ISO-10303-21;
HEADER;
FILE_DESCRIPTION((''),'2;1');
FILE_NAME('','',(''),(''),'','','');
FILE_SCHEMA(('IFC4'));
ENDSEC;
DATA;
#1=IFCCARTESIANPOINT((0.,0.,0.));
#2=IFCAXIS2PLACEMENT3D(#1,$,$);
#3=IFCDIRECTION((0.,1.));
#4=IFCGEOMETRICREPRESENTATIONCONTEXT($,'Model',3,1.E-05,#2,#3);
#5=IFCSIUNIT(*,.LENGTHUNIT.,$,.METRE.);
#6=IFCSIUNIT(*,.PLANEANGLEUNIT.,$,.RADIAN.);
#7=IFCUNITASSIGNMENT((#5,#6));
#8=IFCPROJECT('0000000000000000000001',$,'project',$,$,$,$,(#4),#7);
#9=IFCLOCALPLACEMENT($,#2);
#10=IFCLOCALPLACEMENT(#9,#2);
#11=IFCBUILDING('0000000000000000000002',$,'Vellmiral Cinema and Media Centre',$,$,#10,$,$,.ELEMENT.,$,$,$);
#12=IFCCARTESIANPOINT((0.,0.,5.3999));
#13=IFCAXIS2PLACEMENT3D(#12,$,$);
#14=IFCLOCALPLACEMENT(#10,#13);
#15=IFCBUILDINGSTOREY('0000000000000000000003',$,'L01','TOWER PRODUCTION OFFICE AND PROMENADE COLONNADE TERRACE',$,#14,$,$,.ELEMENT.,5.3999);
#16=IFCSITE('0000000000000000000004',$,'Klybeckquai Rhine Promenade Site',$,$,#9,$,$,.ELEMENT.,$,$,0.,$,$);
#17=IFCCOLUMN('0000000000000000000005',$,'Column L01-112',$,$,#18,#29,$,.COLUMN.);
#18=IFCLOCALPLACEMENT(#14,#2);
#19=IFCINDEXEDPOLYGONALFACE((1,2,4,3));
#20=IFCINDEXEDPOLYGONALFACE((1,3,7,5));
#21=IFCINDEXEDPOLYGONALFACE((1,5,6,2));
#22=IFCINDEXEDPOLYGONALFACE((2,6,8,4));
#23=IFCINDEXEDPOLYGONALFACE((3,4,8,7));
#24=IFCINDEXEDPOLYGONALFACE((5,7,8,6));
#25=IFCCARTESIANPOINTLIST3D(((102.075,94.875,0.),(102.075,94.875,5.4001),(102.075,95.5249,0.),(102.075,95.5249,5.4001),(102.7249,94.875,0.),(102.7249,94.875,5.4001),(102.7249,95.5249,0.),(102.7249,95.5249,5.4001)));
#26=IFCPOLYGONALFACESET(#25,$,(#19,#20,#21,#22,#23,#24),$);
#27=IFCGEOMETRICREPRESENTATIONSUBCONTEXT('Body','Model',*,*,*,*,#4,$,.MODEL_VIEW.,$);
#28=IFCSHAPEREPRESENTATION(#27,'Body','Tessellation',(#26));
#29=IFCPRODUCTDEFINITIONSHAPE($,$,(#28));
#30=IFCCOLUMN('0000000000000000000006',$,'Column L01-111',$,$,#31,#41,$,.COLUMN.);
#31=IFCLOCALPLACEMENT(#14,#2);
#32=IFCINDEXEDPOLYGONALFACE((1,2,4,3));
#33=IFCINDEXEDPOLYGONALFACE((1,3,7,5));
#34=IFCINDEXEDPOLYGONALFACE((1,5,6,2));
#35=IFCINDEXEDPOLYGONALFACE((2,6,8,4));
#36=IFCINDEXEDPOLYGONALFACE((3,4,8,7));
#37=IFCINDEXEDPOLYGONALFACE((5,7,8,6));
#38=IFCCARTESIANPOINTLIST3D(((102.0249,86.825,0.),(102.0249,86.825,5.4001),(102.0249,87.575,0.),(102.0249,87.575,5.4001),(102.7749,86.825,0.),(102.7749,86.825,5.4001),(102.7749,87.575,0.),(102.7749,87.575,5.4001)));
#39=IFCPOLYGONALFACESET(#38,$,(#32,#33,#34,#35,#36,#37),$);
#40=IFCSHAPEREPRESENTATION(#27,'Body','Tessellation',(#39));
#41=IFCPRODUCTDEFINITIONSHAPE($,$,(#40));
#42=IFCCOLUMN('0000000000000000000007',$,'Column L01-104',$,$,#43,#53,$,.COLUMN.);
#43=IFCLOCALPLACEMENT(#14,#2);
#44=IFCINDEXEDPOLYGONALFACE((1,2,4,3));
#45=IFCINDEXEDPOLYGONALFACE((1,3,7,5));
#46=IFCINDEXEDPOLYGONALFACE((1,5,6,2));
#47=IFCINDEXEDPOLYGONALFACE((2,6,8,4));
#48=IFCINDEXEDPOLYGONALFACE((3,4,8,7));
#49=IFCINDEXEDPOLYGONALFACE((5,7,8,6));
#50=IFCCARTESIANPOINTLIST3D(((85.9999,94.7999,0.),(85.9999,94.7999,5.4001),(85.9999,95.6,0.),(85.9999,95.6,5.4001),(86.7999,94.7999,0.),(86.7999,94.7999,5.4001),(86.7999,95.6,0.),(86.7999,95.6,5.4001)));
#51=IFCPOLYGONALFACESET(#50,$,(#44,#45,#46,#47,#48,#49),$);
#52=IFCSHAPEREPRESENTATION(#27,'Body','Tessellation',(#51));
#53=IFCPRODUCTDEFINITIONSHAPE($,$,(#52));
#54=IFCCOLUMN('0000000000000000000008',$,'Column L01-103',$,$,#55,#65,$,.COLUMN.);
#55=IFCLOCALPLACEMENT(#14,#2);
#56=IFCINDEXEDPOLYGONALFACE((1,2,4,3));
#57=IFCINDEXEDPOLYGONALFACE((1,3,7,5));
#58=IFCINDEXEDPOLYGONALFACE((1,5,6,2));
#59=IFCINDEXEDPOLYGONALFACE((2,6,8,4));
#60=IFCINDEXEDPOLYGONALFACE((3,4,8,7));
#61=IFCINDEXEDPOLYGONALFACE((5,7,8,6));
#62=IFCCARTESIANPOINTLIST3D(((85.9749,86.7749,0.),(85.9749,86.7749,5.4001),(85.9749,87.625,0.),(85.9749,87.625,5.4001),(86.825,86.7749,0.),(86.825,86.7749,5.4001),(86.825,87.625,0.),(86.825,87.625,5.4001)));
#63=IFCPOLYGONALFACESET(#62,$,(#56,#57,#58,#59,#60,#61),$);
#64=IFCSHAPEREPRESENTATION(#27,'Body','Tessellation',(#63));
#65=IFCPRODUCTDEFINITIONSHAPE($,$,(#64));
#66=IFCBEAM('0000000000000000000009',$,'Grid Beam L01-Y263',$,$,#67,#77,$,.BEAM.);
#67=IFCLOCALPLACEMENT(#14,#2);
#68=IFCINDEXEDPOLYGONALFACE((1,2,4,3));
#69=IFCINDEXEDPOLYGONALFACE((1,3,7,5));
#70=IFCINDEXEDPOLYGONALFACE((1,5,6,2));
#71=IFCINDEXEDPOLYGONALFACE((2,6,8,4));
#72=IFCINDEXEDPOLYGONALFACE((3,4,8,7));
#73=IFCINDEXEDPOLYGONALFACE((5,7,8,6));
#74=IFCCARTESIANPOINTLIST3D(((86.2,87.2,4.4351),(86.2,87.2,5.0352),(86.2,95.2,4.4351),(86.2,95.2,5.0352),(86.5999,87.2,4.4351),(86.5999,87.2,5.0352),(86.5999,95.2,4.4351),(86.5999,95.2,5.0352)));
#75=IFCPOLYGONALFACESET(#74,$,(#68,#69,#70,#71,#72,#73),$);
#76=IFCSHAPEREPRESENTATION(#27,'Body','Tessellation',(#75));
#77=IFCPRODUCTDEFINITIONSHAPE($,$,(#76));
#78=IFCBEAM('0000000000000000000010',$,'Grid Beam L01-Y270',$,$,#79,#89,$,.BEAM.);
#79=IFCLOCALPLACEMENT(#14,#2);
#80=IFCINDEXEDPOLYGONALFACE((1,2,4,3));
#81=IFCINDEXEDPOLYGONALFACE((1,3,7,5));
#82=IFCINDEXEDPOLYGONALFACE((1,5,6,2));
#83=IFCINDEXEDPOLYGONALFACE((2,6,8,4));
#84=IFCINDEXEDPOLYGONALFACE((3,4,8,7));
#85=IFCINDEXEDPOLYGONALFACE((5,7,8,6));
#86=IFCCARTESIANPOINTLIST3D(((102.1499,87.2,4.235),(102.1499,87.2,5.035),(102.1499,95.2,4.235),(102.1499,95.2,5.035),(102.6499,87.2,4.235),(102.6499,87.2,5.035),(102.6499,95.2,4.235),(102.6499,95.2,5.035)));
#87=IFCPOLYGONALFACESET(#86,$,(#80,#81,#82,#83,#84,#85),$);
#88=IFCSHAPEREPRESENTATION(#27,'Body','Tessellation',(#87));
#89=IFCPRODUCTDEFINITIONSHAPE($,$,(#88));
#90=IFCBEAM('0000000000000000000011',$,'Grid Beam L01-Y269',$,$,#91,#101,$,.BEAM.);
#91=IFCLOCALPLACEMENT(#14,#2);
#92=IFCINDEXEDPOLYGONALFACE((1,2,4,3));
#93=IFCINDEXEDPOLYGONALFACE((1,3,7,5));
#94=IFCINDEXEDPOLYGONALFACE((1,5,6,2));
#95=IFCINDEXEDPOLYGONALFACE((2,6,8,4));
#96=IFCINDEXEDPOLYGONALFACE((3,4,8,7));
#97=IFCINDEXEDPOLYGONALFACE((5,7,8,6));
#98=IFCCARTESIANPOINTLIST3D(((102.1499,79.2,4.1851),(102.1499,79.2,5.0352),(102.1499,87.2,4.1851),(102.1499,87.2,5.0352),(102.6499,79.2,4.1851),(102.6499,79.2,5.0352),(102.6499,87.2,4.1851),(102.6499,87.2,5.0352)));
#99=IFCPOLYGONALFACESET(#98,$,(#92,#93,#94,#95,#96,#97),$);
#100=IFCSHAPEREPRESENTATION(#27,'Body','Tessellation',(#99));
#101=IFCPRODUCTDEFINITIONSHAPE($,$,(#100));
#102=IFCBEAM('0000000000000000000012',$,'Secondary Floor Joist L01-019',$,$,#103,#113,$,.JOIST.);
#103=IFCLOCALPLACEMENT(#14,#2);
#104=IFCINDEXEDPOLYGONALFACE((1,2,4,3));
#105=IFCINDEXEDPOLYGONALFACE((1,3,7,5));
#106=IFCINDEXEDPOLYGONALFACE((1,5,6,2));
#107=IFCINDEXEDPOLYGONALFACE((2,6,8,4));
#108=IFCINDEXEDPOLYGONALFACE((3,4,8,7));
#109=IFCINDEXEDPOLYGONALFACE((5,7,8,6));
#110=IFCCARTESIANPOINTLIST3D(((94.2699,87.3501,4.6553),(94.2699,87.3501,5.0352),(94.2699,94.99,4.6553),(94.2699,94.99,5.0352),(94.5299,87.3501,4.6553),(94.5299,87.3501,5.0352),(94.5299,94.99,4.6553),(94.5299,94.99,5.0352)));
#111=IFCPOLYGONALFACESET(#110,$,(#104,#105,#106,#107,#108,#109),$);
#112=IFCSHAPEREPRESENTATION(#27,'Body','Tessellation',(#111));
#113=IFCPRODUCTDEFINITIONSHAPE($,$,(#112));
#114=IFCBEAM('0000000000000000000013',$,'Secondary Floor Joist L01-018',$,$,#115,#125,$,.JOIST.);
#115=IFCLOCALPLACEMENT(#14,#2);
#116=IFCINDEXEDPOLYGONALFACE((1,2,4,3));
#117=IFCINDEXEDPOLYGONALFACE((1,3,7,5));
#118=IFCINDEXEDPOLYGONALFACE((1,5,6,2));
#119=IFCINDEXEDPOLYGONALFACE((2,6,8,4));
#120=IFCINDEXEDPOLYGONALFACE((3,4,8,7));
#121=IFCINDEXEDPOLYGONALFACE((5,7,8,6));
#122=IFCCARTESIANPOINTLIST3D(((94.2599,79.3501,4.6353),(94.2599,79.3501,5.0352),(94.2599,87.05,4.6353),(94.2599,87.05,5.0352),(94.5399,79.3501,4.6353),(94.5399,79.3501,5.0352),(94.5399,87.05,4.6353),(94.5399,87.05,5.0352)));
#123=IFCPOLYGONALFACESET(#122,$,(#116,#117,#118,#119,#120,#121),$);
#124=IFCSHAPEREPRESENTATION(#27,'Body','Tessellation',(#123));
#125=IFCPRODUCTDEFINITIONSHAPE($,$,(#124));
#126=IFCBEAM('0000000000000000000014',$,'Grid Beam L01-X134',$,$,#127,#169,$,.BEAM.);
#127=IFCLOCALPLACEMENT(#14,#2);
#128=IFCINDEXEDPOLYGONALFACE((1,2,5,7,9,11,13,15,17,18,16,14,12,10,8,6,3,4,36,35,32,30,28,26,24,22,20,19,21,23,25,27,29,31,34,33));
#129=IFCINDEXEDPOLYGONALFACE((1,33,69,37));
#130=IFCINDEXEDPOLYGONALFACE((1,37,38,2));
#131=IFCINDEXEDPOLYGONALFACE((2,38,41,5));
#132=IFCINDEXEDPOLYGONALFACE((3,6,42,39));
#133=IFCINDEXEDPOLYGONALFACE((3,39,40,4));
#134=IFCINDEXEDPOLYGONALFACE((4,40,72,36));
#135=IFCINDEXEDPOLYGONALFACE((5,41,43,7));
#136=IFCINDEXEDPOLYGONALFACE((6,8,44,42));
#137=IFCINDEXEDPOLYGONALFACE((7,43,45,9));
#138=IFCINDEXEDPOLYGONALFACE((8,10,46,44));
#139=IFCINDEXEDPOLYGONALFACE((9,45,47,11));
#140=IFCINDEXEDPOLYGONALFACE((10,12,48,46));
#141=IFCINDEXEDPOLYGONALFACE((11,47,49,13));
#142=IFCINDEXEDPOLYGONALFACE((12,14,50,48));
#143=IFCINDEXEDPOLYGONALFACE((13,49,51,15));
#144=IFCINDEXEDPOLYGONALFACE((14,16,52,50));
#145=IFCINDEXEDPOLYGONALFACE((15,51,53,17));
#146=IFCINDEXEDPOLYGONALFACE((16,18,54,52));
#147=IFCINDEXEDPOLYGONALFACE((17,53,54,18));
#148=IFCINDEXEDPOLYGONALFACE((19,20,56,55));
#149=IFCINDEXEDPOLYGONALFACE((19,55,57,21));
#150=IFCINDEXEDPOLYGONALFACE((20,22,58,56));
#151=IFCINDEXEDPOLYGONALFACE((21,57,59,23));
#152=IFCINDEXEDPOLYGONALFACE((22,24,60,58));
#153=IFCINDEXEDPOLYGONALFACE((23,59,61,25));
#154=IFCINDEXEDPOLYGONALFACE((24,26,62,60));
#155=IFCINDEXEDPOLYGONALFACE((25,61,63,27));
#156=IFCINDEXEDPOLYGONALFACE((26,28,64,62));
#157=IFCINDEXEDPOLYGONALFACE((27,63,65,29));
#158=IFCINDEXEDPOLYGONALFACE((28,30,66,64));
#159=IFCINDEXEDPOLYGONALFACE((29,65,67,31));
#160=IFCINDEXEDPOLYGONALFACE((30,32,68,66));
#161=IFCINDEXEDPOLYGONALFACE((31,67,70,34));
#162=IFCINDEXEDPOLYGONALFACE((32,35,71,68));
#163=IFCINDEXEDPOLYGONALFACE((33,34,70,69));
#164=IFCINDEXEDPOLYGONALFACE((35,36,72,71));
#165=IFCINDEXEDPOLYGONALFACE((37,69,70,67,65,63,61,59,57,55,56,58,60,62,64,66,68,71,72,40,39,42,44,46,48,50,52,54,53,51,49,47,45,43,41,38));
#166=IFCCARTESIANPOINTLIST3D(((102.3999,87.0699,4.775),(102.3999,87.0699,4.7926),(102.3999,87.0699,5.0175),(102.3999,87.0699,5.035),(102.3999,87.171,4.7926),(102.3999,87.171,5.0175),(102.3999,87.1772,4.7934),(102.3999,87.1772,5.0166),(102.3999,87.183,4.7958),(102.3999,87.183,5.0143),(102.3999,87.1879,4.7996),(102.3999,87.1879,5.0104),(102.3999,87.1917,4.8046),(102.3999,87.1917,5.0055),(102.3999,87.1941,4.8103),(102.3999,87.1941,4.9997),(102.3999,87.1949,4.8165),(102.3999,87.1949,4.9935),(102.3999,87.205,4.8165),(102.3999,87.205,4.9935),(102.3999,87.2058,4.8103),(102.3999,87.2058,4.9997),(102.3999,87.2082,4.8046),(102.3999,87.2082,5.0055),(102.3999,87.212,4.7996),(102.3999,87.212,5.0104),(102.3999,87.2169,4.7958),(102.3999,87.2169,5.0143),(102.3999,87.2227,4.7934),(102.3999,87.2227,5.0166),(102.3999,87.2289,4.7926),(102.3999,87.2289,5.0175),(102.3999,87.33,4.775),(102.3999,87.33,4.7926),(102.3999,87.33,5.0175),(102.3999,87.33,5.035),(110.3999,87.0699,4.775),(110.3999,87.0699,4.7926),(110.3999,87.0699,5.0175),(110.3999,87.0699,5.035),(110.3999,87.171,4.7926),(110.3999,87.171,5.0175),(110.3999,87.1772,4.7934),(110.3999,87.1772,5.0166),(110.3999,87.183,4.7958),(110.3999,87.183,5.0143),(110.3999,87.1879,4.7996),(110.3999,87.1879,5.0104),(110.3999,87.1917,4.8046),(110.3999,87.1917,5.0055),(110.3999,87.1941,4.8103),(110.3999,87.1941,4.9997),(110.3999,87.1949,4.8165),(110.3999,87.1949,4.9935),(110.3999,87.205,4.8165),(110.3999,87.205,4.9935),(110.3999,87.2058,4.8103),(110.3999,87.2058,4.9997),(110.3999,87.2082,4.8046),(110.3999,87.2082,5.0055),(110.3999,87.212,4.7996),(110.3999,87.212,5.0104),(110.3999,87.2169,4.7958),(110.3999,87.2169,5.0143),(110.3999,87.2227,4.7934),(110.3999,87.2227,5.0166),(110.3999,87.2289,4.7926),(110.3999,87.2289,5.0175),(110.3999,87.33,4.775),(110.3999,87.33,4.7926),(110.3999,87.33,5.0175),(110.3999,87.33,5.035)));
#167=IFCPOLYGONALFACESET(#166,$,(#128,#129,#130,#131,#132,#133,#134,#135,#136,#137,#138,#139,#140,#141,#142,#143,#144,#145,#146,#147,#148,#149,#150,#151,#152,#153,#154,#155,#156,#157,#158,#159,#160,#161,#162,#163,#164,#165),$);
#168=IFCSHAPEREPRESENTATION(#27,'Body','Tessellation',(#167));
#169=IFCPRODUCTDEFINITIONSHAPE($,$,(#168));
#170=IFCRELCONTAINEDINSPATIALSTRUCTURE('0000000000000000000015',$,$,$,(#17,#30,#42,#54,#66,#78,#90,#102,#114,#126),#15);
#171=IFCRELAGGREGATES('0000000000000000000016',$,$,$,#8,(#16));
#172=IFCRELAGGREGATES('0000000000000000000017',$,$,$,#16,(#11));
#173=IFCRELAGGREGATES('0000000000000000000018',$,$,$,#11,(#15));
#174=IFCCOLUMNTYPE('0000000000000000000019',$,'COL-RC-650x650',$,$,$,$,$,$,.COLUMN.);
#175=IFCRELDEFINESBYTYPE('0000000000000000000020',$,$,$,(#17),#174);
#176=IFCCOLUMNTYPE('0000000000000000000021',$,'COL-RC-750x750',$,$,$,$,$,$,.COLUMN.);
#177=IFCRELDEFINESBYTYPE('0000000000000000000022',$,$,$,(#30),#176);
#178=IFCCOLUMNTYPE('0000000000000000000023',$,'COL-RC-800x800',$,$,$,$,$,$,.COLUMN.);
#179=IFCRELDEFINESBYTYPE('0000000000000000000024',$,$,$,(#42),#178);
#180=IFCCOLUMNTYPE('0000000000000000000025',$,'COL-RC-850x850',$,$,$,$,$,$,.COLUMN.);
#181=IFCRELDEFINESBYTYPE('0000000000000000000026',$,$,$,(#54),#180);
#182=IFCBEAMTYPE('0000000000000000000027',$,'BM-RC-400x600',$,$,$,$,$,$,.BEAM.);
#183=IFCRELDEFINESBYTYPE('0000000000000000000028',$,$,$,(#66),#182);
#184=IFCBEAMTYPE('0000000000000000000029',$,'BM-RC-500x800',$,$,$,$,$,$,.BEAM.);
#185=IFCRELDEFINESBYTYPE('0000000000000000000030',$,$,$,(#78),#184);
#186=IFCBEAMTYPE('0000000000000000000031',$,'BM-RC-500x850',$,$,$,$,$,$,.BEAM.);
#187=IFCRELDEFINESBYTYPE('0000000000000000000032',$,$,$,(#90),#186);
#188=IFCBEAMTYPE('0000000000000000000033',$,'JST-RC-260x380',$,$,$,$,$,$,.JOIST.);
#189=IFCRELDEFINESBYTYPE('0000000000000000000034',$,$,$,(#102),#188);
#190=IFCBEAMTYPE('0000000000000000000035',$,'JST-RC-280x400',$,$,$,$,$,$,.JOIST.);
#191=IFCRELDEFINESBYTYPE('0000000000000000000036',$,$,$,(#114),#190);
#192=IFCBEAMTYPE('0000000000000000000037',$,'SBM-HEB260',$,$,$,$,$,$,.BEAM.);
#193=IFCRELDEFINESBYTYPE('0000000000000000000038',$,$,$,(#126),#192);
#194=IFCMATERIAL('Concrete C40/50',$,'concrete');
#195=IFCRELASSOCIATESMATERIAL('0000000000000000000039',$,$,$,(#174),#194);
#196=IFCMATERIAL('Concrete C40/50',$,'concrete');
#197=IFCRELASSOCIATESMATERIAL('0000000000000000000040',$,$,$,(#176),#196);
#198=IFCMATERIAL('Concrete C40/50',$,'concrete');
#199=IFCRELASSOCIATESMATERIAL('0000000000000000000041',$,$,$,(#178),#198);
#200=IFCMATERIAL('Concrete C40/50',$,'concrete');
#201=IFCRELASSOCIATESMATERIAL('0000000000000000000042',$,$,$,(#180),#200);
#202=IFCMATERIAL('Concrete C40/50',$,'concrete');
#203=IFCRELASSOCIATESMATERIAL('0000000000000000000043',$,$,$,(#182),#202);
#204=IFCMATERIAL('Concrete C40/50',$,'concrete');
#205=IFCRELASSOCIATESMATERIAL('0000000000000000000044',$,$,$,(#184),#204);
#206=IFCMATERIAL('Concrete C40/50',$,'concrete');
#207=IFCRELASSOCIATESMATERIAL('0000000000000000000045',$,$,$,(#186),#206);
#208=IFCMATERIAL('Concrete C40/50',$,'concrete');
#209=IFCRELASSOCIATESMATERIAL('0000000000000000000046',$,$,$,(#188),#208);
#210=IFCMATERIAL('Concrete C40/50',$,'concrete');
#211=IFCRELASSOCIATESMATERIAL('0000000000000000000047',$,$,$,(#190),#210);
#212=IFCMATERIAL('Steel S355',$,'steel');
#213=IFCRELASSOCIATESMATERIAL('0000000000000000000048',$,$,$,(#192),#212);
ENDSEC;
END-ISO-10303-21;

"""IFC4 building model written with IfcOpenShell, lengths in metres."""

from ifc_helpers import new_model, si_unit, direction, frame, origin, origin_2d, place, context, subcontext, project, spatial, rectangle, i_section, extrude, material, material_profile, profile_set, type_object, element, save


model = new_model("IFC4")

# Units and contexts
model_context = context("Model", 3, precision=1e-05, world=origin(), true_north=direction((0.0, 1.0)))
body_context = subcontext(model_context, "Body", "Model", "MODEL_VIEW")
ifc_project = project(units=[si_unit("LENGTHUNIT", "METRE"), si_unit("PLANEANGLEUNIT", "RADIAN")], contexts=[model_context])

# Site, building, storey
site_placement = place(None, origin())
site = spatial("IfcSite", under=ifc_project, at=site_placement, Name="Klybeckquai Rhine Promenade Site", CompositionType="ELEMENT", RefElevation=0.0)
building_placement = place(site_placement, origin())
building = spatial("IfcBuilding", under=site, at=building_placement, Name="Vellmiral Cinema and Media Centre", CompositionType="ELEMENT")
storey_placement = place(building_placement, frame((0.0, 0.0, 5.3999)))
storey = spatial("IfcBuildingStorey", under=building, at=storey_placement, Name="L01", Description="TOWER PRODUCTION OFFICE AND PROMENADE COLONNADE TERRACE", CompositionType="ELEMENT", Elevation=5.3999)

# Columns
ifc_material_1 = material(Name="Concrete C40/50", Category="concrete")
ifc_material_profile_1 = material_profile(ifc_material_1, rectangle(XDim=0.6499, YDim=0.6499, at=origin_2d()), Name="RC 650x650")
ifc_profile_set_1 = profile_set([ifc_material_profile_1], Name="Concrete C40/50")
column_type_1 = type_object("IfcColumnType", Name="COL-RC-650x650", PredefinedType="COLUMN", material=ifc_profile_set_1)
column_1_placement = place(storey_placement, frame((102.3999, 95.2, 0.0), z_axis=(0.0, 0.0, 1.0), x_axis=(1.0, 0.0, 0.0)))
element("IfcColumn", 1, at=column_1_placement, inside=storey, type_object=column_type_1, Name="Column L01-112", PredefinedType="COLUMN", context=body_context, shape_type="SweptSolid", body=[
    extrude(rectangle(XDim=0.6499, YDim=0.6499, at=origin_2d()), origin(), (0.0, 0.0, 1.0), 5.4001),
])
ifc_material_2 = material(Name="Concrete C40/50", Category="concrete")
ifc_material_profile_2 = material_profile(ifc_material_2, rectangle(XDim=0.75, YDim=0.75, at=origin_2d()), Name="RC 750x750")
ifc_profile_set_2 = profile_set([ifc_material_profile_2], Name="Concrete C40/50")
column_type_2 = type_object("IfcColumnType", Name="COL-RC-750x750", PredefinedType="COLUMN", material=ifc_profile_set_2)
column_2_placement = place(storey_placement, frame((102.3999, 87.2, 0.0), z_axis=(0.0, 0.0, 1.0), x_axis=(1.0, 0.0, 0.0)))
element("IfcColumn", 2, at=column_2_placement, inside=storey, type_object=column_type_2, Name="Column L01-111", PredefinedType="COLUMN", context=body_context, shape_type="SweptSolid", body=[
    extrude(rectangle(XDim=0.75, YDim=0.75, at=origin_2d()), origin(), (0.0, 0.0, 1.0), 5.4001),
])
ifc_material_3 = material(Name="Concrete C40/50", Category="concrete")
ifc_material_profile_3 = material_profile(ifc_material_3, rectangle(XDim=0.8, YDim=0.8, at=origin_2d()), Name="RC 800x800")
ifc_profile_set_3 = profile_set([ifc_material_profile_3], Name="Concrete C40/50")
column_type_3 = type_object("IfcColumnType", Name="COL-RC-800x800", PredefinedType="COLUMN", material=ifc_profile_set_3)
column_3_placement = place(storey_placement, frame((86.3999, 95.2, 0.0), z_axis=(0.0, 0.0, 1.0), x_axis=(1.0, 0.0, 0.0)))
element("IfcColumn", 3, at=column_3_placement, inside=storey, type_object=column_type_3, Name="Column L01-104", PredefinedType="COLUMN", context=body_context, shape_type="SweptSolid", body=[
    extrude(rectangle(XDim=0.8, YDim=0.8, at=origin_2d()), origin(), (0.0, 0.0, 1.0), 5.4001),
])
ifc_material_4 = material(Name="Concrete C40/50", Category="concrete")
ifc_material_profile_4 = material_profile(ifc_material_4, rectangle(XDim=0.8501, YDim=0.8501, at=origin_2d()), Name="RC 850x850")
ifc_profile_set_4 = profile_set([ifc_material_profile_4], Name="Concrete C40/50")
column_type_4 = type_object("IfcColumnType", Name="COL-RC-850x850", PredefinedType="COLUMN", material=ifc_profile_set_4)
column_4_placement = place(storey_placement, frame((86.3999, 87.2, 0.0), z_axis=(0.0, 0.0, 1.0), x_axis=(1.0, 0.0, 0.0)))
element("IfcColumn", 4, at=column_4_placement, inside=storey, type_object=column_type_4, Name="Column L01-103", PredefinedType="COLUMN", context=body_context, shape_type="SweptSolid", body=[
    extrude(rectangle(XDim=0.8501, YDim=0.8501, at=origin_2d()), origin(), (0.0, 0.0, 1.0), 5.4001),
])

# Beams
ifc_material_5 = material(Name="Concrete C40/50", Category="concrete")
ifc_material_profile_5 = material_profile(ifc_material_5, rectangle(XDim=0.3999, YDim=0.6001, at=origin_2d()), Name="RC 400x600")
ifc_profile_set_5 = profile_set([ifc_material_profile_5], Name="Concrete C40/50")
beam_type_1 = type_object("IfcBeamType", Name="BM-RC-400x600", PredefinedType="BEAM", material=ifc_profile_set_5)
beam_1_placement = place(storey_placement, frame((86.3999, 87.2, 4.7351), z_axis=(0.0, 1.0, 0.0), x_axis=(-1.0, 0.0, 0.0)))
element("IfcBeam", 5, at=beam_1_placement, inside=storey, type_object=beam_type_1, Name="Grid Beam L01-Y263", PredefinedType="BEAM", context=body_context, shape_type="SweptSolid", body=[
    extrude(rectangle(XDim=0.3999, YDim=0.6001, at=origin_2d()), origin(), (0.0, 0.0, 1.0), 8.0),
])
ifc_material_6 = material(Name="Concrete C40/50", Category="concrete")
ifc_material_profile_6 = material_profile(ifc_material_6, rectangle(XDim=0.5, YDim=0.8, at=origin_2d()), Name="RC 500x800")
ifc_profile_set_6 = profile_set([ifc_material_profile_6], Name="Concrete C40/50")
beam_type_2 = type_object("IfcBeamType", Name="BM-RC-500x800", PredefinedType="BEAM", material=ifc_profile_set_6)
beam_2_placement = place(storey_placement, frame((102.3999, 87.2, 4.635), z_axis=(0.0, 1.0, 0.0), x_axis=(-1.0, 0.0, 0.0)))
element("IfcBeam", 6, at=beam_2_placement, inside=storey, type_object=beam_type_2, Name="Grid Beam L01-Y270", PredefinedType="BEAM", context=body_context, shape_type="SweptSolid", body=[
    extrude(rectangle(XDim=0.5, YDim=0.8, at=origin_2d()), origin(), (0.0, 0.0, 1.0), 8.0),
])
ifc_material_7 = material(Name="Concrete C40/50", Category="concrete")
ifc_material_profile_7 = material_profile(ifc_material_7, rectangle(XDim=0.5, YDim=0.8501, at=origin_2d()), Name="RC 500x850")
ifc_profile_set_7 = profile_set([ifc_material_profile_7], Name="Concrete C40/50")
beam_type_3 = type_object("IfcBeamType", Name="BM-RC-500x850", PredefinedType="BEAM", material=ifc_profile_set_7)
beam_3_placement = place(storey_placement, frame((102.3999, 79.2, 4.6101), z_axis=(0.0, 1.0, 0.0), x_axis=(-1.0, 0.0, 0.0)))
element("IfcBeam", 7, at=beam_3_placement, inside=storey, type_object=beam_type_3, Name="Grid Beam L01-Y269", PredefinedType="BEAM", context=body_context, shape_type="SweptSolid", body=[
    extrude(rectangle(XDim=0.5, YDim=0.8501, at=origin_2d()), origin(), (0.0, 0.0, 1.0), 8.0),
])
ifc_material_8 = material(Name="Concrete C40/50", Category="concrete")
ifc_material_profile_8 = material_profile(ifc_material_8, rectangle(XDim=0.26, YDim=0.3799, at=origin_2d()), Name="RC 260x380")
ifc_profile_set_8 = profile_set([ifc_material_profile_8], Name="Concrete C40/50")
beam_type_4 = type_object("IfcBeamType", Name="JST-RC-260x380", PredefinedType="JOIST", material=ifc_profile_set_8)
beam_4_placement = place(storey_placement, frame((94.3999, 87.3501, 4.8452), z_axis=(0.0, 1.0, 0.0), x_axis=(-1.0, 0.0, 0.0)))
element("IfcBeam", 8, at=beam_4_placement, inside=storey, type_object=beam_type_4, Name="Secondary Floor Joist L01-019", PredefinedType="JOIST", context=body_context, shape_type="SweptSolid", body=[
    extrude(rectangle(XDim=0.26, YDim=0.3799, at=origin_2d()), origin(), (0.0, 0.0, 1.0), 7.6399),
])
ifc_material_9 = material(Name="Concrete C40/50", Category="concrete")
ifc_material_profile_9 = material_profile(ifc_material_9, rectangle(XDim=0.28, YDim=0.3999, at=origin_2d()), Name="RC 280x400")
ifc_profile_set_9 = profile_set([ifc_material_profile_9], Name="Concrete C40/50")
beam_type_5 = type_object("IfcBeamType", Name="JST-RC-280x400", PredefinedType="JOIST", material=ifc_profile_set_9)
beam_5_placement = place(storey_placement, frame((94.3999, 79.3501, 4.8352), z_axis=(0.0, 1.0, 0.0), x_axis=(-1.0, 0.0, 0.0)))
element("IfcBeam", 9, at=beam_5_placement, inside=storey, type_object=beam_type_5, Name="Secondary Floor Joist L01-018", PredefinedType="JOIST", context=body_context, shape_type="SweptSolid", body=[
    extrude(rectangle(XDim=0.28, YDim=0.3999, at=origin_2d()), origin(), (0.0, 0.0, 1.0), 7.7),
])
ifc_material_10 = material(Name="Steel S355", Category="steel")
ifc_material_profile_10 = material_profile(ifc_material_10, i_section(OverallWidth=0.26, OverallDepth=0.26, WebThickness=0.01, FlangeThickness=0.0176, FilletRadius=0.0239, at=origin_2d()), Name="HEB 260")
ifc_profile_set_10 = profile_set([ifc_material_profile_10], Name="Steel S355")
beam_type_6 = type_object("IfcBeamType", Name="SBM-HEB260", PredefinedType="BEAM", material=ifc_profile_set_10)
beam_6_placement = place(storey_placement, frame((102.3999, 87.2, 4.905), z_axis=(1.0, 0.0, 0.0), x_axis=(0.0, 1.0, 0.0)))
element("IfcBeam", 10, at=beam_6_placement, inside=storey, type_object=beam_type_6, Name="Grid Beam L01-X134", PredefinedType="BEAM", context=body_context, shape_type="SweptSolid", body=[
    extrude(i_section(OverallWidth=0.26, OverallDepth=0.26, WebThickness=0.01, FlangeThickness=0.0176, FilletRadius=0.0239, at=origin_2d()), origin(), (0.0, 0.0, 1.0), 8.0),
])

save(model, "model.ifc")
